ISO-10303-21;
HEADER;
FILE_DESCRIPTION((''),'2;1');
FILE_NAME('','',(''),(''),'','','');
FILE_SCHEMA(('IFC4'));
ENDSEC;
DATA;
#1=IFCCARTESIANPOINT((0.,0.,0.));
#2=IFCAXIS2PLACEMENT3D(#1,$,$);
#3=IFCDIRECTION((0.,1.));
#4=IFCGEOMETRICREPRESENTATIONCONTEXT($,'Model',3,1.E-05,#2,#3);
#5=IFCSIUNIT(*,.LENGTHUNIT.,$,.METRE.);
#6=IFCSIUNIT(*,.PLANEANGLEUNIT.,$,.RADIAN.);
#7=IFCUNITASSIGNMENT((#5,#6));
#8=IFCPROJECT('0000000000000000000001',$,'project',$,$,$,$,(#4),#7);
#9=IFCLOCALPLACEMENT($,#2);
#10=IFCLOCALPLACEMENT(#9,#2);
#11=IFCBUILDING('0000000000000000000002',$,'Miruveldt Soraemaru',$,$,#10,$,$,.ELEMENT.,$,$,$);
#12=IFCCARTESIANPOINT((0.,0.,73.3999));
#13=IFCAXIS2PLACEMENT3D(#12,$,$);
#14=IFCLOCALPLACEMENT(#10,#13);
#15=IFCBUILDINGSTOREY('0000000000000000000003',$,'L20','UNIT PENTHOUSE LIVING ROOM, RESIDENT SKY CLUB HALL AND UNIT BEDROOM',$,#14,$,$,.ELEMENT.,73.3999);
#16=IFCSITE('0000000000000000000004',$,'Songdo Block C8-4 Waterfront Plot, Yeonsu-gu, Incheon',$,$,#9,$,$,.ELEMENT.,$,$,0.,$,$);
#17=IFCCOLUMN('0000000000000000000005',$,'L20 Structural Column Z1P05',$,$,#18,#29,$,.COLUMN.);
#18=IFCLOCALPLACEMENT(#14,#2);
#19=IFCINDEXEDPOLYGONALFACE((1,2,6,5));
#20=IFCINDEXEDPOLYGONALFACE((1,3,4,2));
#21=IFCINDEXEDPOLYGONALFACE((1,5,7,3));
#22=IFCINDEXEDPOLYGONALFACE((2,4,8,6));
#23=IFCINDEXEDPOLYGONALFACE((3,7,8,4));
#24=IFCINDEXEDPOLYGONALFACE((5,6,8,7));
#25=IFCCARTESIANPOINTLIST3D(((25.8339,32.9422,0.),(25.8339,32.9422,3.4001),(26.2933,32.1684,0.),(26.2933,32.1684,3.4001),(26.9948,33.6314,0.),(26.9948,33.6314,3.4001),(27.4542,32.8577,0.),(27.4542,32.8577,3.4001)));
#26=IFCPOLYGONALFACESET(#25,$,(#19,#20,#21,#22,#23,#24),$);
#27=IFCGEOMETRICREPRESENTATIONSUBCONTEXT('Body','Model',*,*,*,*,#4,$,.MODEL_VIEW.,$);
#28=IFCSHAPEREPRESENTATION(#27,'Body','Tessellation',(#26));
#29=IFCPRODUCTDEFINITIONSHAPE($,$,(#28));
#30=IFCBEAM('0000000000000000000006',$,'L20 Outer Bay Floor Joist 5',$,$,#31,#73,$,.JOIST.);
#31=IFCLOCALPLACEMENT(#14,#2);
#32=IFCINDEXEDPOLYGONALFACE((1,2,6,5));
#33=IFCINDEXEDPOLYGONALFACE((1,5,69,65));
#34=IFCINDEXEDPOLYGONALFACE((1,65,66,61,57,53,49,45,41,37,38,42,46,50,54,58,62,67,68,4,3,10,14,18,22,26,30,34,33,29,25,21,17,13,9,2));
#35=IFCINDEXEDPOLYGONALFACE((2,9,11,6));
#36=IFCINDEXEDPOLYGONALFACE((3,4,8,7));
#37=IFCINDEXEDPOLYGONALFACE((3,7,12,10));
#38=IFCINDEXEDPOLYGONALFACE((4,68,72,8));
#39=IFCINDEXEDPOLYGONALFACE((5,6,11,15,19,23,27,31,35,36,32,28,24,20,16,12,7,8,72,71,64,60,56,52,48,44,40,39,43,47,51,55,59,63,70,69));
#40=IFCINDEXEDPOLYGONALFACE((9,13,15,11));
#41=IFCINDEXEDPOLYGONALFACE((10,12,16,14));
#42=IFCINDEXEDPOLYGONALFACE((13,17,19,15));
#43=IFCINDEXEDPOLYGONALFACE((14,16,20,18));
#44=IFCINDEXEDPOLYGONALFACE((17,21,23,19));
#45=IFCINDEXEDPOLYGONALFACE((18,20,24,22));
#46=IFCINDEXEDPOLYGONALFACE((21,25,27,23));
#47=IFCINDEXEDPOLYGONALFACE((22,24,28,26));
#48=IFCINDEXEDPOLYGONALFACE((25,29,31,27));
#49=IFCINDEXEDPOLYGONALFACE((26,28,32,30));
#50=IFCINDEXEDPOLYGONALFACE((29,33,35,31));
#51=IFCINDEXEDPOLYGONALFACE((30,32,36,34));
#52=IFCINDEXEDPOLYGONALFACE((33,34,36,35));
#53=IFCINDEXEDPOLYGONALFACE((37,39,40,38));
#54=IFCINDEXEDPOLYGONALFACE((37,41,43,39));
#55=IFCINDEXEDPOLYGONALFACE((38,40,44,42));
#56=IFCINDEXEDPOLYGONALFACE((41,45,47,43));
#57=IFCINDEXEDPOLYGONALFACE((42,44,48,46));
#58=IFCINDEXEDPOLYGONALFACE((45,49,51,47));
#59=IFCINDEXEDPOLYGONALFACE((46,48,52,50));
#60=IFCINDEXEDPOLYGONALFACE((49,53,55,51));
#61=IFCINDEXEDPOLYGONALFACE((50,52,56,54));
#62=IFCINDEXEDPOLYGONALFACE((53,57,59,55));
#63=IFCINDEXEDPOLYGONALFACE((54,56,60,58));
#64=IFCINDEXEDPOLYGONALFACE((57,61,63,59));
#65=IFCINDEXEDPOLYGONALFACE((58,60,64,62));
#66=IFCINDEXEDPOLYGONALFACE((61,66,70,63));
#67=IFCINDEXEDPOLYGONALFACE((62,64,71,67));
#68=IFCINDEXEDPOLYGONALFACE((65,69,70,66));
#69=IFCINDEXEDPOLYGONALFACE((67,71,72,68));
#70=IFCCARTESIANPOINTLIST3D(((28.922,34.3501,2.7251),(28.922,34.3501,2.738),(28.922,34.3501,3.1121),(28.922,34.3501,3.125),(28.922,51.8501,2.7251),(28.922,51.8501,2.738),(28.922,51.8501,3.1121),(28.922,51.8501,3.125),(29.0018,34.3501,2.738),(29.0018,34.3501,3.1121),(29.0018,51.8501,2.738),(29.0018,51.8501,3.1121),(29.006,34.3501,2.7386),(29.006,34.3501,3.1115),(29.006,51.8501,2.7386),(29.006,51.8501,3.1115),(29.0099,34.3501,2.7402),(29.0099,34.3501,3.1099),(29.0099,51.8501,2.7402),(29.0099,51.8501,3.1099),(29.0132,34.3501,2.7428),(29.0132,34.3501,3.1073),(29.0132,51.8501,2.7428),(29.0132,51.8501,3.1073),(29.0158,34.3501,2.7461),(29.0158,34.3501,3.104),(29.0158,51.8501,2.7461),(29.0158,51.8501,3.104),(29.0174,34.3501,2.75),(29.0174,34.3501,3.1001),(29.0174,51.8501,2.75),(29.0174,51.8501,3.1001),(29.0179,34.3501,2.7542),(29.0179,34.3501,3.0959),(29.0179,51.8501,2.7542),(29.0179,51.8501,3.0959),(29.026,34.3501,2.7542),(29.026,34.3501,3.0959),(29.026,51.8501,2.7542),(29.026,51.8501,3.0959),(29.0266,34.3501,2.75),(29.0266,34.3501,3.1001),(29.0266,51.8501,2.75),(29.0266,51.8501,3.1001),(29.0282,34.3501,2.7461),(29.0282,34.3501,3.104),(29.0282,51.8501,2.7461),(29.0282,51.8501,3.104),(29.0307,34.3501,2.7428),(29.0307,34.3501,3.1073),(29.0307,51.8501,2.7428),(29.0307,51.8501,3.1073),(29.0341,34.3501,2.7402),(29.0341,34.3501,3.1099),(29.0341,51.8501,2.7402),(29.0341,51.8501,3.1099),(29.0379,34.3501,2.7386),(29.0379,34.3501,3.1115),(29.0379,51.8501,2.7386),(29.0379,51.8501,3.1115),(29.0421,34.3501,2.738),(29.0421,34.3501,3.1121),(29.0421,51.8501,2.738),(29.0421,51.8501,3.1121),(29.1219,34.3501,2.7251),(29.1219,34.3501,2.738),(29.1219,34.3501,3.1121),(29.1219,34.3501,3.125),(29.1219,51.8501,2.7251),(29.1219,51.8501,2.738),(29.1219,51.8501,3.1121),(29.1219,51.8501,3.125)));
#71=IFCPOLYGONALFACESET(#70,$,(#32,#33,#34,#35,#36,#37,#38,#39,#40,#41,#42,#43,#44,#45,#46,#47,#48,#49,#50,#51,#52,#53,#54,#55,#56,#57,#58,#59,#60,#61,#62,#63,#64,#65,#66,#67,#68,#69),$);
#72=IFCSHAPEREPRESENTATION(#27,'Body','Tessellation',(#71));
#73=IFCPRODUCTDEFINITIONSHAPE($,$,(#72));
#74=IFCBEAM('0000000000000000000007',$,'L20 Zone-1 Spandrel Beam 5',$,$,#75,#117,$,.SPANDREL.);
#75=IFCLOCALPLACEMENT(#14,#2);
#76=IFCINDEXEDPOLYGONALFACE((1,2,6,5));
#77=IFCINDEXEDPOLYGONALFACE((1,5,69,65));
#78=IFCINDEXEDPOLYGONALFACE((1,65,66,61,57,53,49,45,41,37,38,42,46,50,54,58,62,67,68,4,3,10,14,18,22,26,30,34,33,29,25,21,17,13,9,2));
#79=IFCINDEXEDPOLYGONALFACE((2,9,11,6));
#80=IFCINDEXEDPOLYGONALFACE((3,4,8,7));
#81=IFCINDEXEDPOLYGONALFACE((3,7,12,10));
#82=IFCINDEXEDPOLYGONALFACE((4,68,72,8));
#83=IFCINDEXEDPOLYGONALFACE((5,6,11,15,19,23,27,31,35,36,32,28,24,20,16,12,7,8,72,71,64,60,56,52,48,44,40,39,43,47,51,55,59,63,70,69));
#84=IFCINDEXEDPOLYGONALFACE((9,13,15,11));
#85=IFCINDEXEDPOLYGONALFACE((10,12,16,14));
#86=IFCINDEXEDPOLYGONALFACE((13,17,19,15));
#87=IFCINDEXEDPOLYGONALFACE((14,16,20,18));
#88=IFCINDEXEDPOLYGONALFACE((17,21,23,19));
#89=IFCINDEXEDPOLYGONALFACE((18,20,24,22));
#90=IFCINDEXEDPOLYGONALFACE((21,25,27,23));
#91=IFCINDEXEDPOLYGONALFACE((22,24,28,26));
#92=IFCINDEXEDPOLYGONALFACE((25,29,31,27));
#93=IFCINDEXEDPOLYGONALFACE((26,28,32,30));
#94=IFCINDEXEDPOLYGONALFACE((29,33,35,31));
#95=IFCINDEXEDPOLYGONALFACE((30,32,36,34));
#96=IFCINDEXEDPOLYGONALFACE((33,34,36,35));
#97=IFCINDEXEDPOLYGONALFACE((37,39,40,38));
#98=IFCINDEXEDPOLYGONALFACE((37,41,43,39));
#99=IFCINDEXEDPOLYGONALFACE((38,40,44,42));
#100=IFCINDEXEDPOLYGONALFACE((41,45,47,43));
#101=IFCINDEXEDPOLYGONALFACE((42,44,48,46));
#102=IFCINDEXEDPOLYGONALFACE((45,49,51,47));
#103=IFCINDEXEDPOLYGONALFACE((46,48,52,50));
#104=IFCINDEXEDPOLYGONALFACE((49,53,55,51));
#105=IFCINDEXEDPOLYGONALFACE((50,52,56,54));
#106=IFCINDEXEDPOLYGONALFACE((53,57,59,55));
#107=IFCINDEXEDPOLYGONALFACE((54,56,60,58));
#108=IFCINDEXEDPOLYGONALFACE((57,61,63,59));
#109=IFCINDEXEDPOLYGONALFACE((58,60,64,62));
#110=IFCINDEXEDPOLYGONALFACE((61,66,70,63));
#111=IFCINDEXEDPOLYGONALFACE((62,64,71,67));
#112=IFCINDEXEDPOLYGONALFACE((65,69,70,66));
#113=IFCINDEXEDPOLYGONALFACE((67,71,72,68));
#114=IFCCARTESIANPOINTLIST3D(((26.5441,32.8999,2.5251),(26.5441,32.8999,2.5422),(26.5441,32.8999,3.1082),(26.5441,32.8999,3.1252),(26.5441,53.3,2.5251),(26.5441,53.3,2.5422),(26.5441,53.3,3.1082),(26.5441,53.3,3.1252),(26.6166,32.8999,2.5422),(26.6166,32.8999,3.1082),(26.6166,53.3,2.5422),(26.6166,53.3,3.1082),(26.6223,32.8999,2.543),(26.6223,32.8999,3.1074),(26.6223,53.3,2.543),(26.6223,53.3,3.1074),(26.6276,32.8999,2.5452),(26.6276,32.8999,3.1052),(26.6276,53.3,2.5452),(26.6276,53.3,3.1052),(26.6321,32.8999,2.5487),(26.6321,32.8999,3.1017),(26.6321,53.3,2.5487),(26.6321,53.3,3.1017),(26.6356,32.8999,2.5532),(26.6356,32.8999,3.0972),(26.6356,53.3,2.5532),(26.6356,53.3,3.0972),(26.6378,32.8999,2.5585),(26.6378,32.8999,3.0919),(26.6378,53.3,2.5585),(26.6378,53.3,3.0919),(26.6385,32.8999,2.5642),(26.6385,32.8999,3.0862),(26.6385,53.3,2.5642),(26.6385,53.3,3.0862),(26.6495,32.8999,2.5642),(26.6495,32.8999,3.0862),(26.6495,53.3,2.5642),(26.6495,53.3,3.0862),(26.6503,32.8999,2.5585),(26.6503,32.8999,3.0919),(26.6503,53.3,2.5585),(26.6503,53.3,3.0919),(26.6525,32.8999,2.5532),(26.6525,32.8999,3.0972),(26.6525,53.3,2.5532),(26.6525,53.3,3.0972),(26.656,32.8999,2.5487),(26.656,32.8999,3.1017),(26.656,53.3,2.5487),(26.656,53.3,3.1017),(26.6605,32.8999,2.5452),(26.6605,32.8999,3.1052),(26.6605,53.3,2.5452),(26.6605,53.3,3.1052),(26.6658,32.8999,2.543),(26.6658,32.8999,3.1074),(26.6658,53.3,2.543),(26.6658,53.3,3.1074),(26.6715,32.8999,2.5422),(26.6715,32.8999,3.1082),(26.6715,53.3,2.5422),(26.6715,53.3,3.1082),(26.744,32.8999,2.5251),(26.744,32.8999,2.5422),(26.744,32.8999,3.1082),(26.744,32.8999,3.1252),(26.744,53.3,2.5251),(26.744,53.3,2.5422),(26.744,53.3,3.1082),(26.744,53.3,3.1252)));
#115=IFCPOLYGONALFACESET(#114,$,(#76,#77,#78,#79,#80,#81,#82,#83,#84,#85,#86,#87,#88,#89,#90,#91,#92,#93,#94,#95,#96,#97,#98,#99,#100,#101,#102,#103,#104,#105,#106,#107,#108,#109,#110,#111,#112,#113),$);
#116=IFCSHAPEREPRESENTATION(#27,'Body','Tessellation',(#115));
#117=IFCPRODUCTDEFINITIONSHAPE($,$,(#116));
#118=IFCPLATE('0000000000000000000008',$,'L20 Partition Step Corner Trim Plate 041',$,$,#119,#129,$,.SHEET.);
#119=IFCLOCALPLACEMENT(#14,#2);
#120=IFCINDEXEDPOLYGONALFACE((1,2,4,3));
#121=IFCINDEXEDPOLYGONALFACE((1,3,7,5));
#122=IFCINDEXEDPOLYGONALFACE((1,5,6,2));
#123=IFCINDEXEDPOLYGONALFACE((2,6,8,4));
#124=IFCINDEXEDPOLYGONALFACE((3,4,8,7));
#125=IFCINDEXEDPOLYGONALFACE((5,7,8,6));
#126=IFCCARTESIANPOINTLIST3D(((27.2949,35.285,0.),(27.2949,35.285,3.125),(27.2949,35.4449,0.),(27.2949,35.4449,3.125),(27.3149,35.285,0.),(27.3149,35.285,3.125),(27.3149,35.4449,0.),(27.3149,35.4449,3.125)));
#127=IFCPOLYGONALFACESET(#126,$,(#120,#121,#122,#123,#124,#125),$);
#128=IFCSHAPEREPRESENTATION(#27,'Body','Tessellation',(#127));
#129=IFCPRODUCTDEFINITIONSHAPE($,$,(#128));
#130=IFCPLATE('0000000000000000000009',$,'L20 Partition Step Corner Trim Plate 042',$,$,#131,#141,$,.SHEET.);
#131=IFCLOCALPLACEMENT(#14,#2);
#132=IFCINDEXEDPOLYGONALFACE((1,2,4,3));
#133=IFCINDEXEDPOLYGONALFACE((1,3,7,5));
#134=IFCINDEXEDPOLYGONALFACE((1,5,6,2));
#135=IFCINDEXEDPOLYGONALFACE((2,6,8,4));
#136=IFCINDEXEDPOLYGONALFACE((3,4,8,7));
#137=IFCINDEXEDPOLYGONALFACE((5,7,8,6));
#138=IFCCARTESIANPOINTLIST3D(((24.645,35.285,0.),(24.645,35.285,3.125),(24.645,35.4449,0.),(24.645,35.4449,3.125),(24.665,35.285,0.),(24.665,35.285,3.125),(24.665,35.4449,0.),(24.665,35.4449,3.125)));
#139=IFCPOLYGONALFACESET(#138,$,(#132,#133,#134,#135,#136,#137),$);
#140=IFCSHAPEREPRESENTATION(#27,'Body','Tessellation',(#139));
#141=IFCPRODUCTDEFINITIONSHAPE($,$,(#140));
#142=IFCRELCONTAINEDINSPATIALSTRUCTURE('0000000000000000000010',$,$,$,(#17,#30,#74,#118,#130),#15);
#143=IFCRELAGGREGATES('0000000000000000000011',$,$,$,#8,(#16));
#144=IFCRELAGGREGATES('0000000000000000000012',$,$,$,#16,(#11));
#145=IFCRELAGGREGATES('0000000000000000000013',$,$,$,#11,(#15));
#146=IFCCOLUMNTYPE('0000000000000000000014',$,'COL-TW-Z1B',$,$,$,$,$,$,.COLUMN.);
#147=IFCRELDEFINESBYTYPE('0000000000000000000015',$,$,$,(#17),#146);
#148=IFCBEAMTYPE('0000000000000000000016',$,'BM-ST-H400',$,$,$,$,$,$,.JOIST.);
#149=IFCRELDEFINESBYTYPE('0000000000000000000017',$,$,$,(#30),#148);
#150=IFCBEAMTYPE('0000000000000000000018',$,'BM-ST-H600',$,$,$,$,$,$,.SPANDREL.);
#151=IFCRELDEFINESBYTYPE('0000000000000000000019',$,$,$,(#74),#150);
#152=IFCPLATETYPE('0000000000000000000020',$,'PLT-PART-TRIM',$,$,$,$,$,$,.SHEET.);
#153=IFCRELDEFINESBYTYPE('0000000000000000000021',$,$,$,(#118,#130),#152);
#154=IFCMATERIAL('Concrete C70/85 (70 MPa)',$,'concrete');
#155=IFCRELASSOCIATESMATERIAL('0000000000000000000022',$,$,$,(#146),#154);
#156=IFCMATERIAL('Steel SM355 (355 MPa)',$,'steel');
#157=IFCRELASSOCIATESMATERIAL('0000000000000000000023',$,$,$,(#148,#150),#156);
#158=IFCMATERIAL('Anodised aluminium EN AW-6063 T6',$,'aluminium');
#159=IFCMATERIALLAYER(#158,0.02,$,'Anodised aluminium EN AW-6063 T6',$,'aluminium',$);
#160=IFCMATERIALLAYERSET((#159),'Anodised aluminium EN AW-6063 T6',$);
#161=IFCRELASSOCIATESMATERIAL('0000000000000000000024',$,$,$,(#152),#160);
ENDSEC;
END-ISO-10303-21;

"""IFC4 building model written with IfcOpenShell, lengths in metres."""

from ifc_helpers import new_model, si_unit, direction, frame, origin, origin_2d, place, context, subcontext, project, spatial, rectangle, i_section, extrude, material, layer, layer_set, material_profile, profile_set, type_object, element, save


model = new_model("IFC4")

# Units and contexts
model_context = context("Model", 3, precision=1e-05, world=origin(), true_north=direction((0.0, 1.0)))
body_context = subcontext(model_context, "Body", "Model", "MODEL_VIEW")
ifc_project = project(units=[si_unit("LENGTHUNIT", "METRE"), si_unit("PLANEANGLEUNIT", "RADIAN")], contexts=[model_context])

# Site, building, storey
site_placement = place(None, origin())
site = spatial("IfcSite", under=ifc_project, at=site_placement, Name="Songdo Block C8-4 Waterfront Plot, Yeonsu-gu, Incheon", CompositionType="ELEMENT", RefElevation=0.0)
building_placement = place(site_placement, origin())
building = spatial("IfcBuilding", under=site, at=building_placement, Name="Miruveldt Soraemaru", CompositionType="ELEMENT")
storey_placement = place(building_placement, frame((0.0, 0.0, 73.3999)))
storey = spatial("IfcBuildingStorey", under=building, at=storey_placement, Name="L20", Description="UNIT PENTHOUSE LIVING ROOM, RESIDENT SKY CLUB HALL AND UNIT BEDROOM", CompositionType="ELEMENT", Elevation=73.3999)

# Column
ifc_material_1 = material(Name="Concrete C70/85 (70 MPa)", Category="concrete")
ifc_material_profile_1 = material_profile(ifc_material_1, rectangle(XDim=1.3501, YDim=0.8999, at=origin_2d()), Name="Concrete C70/85 (70 MPa)", Category="concrete")
ifc_profile_set_1 = profile_set([ifc_material_profile_1], Name="Concrete C70/85 (70 MPa)")
column_type = type_object("IfcColumnType", Name="COL-TW-Z1B", PredefinedType="COLUMN", material=ifc_profile_set_1)
column_placement = place(storey_placement, frame((26.644, 32.8999, 0.0), z_axis=(0.0, 0.0, 1.0), x_axis=(0.859852, 0.510543, 0.0)))
element("IfcColumn", 1, at=column_placement, inside=storey, type_object=column_type, Name="L20 Structural Column Z1P05", PredefinedType="COLUMN", context=body_context, shape_type="SweptSolid", body=[
    extrude(rectangle(XDim=1.3501, YDim=0.8999, at=origin_2d()), origin(), (0.0, 0.0, 1.0), 3.4001),
])

# Beams
ifc_material_2 = material(Name="Steel SM355 (355 MPa)", Category="steel")
ifc_material_profile_2 = material_profile(ifc_material_2, i_section(OverallWidth=0.2, OverallDepth=0.3999, WebThickness=0.0081, FlangeThickness=0.0129, FilletRadius=0.0161, at=origin_2d()), Name="Steel SM355 (355 MPa)", Category="steel")
ifc_profile_set_2 = profile_set([ifc_material_profile_2], Name="Steel SM355 (355 MPa)")
beam_type_1 = type_object("IfcBeamType", Name="BM-ST-H400", PredefinedType="JOIST", material=ifc_profile_set_2)
beam_1_placement = place(storey_placement, frame((29.022, 34.3501, 2.925), z_axis=(0.0, 1.0, 0.0), x_axis=(-1.0, 0.0, 0.0)))
element("IfcBeam", 2, at=beam_1_placement, inside=storey, type_object=beam_type_1, Name="L20 Outer Bay Floor Joist 5", PredefinedType="JOIST", context=body_context, shape_type="SweptSolid", body=[
    extrude(i_section(OverallWidth=0.2, OverallDepth=0.3999, WebThickness=0.0081, FlangeThickness=0.0129, FilletRadius=0.0161, at=origin_2d()), origin(), (0.0, 0.0, 1.0), 17.5),
])
ifc_material_profile_3 = material_profile(ifc_material_2, i_section(OverallWidth=0.2, OverallDepth=0.6001, WebThickness=0.011, FlangeThickness=0.0171, FilletRadius=0.022, at=origin_2d()), Name="Steel SM355 (355 MPa)", Category="steel")
ifc_profile_set_3 = profile_set([ifc_material_profile_3], Name="Steel SM355 (355 MPa)")
beam_type_2 = type_object("IfcBeamType", Name="BM-ST-H600", PredefinedType="SPANDREL", material=ifc_profile_set_3)
beam_2_placement = place(storey_placement, frame((26.644, 32.8999, 2.8252), z_axis=(0.0, 1.0, 0.0), x_axis=(-1.0, 0.0, 0.0)))
element("IfcBeam", 3, at=beam_2_placement, inside=storey, type_object=beam_type_2, Name="L20 Zone-1 Spandrel Beam 5", PredefinedType="SPANDREL", context=body_context, shape_type="SweptSolid", body=[
    extrude(i_section(OverallWidth=0.2, OverallDepth=0.6001, WebThickness=0.011, FlangeThickness=0.0171, FilletRadius=0.022, at=origin_2d()), origin(), (0.0, 0.0, 1.0), 20.4001),
])

# Plates
ifc_material_3 = material(Name="Anodised aluminium EN AW-6063 T6", Category="aluminium")
ifc_layer_1 = layer(ifc_material_3, 0.02, Name="Anodised aluminium EN AW-6063 T6", Category="aluminium")
ifc_layer_set_1 = layer_set([ifc_layer_1], Name="Anodised aluminium EN AW-6063 T6")
plate_type = type_object("IfcPlateType", Name="PLT-PART-TRIM", PredefinedType="SHEET", material=ifc_layer_set_1)
for number, where, z_axis, x_axis, name in (
    (4, (27.3049, 35.365, 0.0), (0.0, 0.0, 1.0), (0.0, 1.0, 0.0), "L20 Partition Step Corner Trim Plate 041"),
    (5, (24.655, 35.365, 0.0), (0.0, 0.0, 1.0), (0.0, -1.0, 0.0), "L20 Partition Step Corner Trim Plate 042"),
):
    element("IfcPlate", number, at=place(storey_placement, frame(where, z_axis=z_axis, x_axis=x_axis)), inside=storey, type_object=plate_type, Name=name, PredefinedType="SHEET", context=body_context, shape_type="SweptSolid", body=[
        extrude(rectangle(XDim=0.1599, YDim=0.02, at=origin_2d()), origin(), (0.0, 0.0, 1.0), 3.125),
    ])

save(model, "model.ifc")
